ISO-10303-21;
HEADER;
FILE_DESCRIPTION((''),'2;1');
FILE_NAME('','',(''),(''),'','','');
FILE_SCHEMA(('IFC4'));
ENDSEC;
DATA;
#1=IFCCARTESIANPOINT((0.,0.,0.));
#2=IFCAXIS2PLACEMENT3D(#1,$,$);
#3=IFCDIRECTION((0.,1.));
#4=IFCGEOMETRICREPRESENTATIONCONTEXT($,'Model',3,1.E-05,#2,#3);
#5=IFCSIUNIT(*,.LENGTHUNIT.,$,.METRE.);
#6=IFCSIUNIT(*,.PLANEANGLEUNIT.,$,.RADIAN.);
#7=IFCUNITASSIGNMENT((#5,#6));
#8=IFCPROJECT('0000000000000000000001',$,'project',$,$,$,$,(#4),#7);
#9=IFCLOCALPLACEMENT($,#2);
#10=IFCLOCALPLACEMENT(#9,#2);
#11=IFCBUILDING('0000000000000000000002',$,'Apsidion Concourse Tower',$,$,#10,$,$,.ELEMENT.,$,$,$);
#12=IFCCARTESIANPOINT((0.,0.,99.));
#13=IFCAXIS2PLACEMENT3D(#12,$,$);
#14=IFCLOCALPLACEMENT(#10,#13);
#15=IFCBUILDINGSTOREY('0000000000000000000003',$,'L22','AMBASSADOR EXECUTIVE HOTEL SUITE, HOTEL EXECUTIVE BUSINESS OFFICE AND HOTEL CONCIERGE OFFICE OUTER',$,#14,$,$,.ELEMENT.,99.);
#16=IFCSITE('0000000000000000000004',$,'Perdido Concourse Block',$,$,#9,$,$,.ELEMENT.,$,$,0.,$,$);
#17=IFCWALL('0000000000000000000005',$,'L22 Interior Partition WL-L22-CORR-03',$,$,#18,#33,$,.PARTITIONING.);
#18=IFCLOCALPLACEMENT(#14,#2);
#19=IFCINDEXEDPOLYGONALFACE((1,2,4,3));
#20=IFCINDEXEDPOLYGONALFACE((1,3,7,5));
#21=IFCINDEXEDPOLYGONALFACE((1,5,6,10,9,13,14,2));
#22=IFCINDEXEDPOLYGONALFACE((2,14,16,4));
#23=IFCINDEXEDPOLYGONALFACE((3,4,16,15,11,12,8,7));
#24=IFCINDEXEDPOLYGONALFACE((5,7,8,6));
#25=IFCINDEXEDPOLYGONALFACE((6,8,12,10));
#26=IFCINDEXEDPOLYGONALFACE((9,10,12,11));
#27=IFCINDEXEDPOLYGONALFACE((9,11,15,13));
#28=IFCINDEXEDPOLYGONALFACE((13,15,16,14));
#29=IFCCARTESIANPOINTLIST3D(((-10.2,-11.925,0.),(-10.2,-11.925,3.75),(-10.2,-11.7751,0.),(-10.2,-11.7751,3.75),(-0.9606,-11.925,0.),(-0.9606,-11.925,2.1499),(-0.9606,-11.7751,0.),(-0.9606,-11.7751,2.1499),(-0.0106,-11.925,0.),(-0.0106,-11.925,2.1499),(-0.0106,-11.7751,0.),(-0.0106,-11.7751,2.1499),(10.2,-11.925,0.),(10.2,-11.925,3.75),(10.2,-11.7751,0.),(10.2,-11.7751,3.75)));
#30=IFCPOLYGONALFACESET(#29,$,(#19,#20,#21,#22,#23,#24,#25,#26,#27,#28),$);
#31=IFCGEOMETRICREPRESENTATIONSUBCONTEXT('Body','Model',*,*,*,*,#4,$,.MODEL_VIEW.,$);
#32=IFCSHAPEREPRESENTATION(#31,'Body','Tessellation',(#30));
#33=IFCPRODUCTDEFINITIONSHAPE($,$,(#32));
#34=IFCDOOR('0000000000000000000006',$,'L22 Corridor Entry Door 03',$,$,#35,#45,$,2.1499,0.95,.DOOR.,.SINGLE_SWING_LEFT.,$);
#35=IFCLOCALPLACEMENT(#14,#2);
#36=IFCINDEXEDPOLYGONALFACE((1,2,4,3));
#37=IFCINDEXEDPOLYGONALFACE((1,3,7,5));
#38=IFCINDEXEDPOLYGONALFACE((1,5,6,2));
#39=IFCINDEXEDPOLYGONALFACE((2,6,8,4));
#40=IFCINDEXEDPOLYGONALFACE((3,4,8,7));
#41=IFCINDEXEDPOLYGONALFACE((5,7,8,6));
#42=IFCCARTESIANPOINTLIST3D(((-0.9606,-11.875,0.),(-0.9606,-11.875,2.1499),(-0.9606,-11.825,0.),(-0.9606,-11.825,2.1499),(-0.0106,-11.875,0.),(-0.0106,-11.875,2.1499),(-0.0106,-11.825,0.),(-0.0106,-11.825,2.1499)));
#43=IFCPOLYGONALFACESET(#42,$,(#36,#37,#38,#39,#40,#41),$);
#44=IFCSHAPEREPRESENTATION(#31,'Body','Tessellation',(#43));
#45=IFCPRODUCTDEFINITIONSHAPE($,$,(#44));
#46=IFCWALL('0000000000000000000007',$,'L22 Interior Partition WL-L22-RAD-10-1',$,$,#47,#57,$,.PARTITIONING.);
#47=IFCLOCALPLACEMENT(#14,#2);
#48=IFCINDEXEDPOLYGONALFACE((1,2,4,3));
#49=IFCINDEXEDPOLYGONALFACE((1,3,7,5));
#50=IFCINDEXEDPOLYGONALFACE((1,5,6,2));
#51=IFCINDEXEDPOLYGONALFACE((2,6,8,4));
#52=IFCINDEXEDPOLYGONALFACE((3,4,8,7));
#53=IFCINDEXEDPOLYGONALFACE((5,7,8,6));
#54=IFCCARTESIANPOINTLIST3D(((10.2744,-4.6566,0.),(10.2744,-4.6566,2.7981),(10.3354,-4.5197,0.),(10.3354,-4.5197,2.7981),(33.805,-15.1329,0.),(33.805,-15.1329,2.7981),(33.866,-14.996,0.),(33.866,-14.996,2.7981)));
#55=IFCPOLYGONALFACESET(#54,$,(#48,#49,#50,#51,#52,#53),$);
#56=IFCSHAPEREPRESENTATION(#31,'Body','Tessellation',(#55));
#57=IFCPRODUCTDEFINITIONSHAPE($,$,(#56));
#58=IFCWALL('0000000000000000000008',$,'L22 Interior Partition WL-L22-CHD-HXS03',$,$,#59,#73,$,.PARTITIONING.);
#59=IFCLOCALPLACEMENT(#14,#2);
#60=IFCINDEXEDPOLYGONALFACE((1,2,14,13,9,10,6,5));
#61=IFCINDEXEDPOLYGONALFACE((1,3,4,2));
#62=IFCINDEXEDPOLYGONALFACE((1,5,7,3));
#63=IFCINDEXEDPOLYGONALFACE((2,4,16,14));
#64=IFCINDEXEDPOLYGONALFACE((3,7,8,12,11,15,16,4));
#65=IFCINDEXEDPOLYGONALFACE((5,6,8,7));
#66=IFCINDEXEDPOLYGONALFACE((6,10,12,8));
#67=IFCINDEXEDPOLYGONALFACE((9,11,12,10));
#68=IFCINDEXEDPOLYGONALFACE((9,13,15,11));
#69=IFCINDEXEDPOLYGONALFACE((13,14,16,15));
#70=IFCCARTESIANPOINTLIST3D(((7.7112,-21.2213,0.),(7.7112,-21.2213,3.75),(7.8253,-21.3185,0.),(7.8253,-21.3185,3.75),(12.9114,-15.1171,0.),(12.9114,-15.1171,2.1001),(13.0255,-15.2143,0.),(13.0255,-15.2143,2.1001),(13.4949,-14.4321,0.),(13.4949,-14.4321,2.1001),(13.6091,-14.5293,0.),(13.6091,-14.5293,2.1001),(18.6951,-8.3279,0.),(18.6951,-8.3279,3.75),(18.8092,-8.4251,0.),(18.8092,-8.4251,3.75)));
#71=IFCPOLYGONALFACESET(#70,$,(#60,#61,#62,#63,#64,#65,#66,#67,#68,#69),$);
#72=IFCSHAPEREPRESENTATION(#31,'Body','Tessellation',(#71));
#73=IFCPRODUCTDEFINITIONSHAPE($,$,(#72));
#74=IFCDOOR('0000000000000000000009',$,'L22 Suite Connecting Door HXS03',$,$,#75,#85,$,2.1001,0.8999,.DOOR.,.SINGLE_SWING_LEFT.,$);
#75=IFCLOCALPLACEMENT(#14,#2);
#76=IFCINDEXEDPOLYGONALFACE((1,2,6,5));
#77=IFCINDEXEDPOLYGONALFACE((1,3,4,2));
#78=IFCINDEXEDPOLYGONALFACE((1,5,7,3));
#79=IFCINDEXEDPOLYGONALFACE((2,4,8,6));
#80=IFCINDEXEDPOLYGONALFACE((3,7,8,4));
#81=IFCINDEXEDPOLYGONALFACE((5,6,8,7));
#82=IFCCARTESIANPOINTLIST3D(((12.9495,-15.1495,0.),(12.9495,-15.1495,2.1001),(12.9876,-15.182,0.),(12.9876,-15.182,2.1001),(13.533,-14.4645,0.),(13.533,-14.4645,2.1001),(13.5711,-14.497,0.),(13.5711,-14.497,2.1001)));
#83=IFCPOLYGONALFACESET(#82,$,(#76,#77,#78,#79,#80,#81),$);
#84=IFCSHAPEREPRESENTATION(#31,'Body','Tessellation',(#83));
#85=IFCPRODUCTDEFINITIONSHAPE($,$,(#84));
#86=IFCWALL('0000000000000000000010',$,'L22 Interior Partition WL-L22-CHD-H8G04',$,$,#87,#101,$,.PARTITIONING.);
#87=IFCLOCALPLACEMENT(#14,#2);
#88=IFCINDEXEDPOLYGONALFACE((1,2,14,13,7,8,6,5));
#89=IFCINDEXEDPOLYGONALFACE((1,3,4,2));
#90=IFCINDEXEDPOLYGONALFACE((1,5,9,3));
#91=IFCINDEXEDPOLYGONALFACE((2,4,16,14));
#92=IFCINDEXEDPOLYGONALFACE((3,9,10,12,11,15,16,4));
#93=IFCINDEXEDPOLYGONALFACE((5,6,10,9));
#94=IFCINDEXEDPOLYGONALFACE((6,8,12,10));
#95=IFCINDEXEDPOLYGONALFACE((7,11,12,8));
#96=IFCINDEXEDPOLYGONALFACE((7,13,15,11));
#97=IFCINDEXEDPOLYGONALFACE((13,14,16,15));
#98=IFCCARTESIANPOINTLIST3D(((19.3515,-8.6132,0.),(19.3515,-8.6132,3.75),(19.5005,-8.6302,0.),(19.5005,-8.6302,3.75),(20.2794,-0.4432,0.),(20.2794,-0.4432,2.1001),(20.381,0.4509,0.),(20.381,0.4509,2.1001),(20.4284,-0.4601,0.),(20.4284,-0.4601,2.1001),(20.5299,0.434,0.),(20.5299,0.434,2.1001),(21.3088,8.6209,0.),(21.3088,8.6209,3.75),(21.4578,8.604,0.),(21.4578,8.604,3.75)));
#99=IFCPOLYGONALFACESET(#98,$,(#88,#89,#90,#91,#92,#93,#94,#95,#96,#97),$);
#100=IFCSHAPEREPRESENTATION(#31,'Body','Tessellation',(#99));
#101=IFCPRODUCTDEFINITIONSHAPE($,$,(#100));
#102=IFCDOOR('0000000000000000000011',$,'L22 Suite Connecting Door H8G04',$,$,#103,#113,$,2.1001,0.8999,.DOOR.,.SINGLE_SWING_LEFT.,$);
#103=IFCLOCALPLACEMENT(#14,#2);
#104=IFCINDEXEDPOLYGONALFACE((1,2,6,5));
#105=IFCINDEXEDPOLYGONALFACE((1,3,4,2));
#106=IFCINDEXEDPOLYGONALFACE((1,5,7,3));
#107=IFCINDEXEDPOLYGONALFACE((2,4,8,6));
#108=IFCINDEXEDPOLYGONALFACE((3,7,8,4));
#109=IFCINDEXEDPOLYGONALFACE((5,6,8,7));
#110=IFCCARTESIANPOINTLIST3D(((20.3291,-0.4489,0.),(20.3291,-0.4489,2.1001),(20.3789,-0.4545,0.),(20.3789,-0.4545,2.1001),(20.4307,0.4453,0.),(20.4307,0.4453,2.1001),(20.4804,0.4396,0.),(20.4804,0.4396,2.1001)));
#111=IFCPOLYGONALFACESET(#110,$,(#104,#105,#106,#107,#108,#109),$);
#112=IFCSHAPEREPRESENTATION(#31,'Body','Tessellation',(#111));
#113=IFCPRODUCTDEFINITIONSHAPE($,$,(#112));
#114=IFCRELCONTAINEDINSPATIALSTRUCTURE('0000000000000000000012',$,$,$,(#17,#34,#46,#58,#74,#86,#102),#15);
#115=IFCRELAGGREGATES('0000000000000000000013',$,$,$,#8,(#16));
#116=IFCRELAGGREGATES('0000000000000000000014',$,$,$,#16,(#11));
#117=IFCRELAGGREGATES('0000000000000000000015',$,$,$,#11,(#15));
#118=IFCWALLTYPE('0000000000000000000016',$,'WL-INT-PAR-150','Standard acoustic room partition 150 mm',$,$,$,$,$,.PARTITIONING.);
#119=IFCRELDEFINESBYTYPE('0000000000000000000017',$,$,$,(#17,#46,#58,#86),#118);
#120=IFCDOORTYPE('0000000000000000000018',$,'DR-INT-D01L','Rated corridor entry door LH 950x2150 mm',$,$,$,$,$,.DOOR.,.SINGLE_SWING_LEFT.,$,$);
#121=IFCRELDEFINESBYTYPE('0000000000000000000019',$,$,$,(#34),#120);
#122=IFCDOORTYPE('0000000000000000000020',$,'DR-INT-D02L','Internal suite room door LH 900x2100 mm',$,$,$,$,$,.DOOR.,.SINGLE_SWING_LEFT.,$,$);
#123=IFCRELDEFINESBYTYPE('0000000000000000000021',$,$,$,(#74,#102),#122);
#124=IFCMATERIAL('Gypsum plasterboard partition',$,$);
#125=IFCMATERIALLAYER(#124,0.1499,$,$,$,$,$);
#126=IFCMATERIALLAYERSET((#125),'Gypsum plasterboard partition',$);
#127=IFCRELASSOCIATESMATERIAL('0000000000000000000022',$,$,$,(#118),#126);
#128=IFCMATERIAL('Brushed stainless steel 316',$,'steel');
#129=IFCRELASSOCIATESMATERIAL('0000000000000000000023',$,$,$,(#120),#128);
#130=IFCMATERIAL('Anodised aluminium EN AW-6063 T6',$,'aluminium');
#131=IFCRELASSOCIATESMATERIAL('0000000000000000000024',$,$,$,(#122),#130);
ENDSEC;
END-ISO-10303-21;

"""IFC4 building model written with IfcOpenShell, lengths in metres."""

from ifc_helpers import new_model, si_unit, direction, frame, frame_2d, origin, place, context, subcontext, project, spatial, rectangle, extrude, material, layer, layer_set, type_object, element, fill, save


model = new_model("IFC4")

# Units and contexts
model_context = context("Model", 3, precision=1e-05, world=origin(), true_north=direction((0.0, 1.0)))
body_context = subcontext(model_context, "Body", "Model", "MODEL_VIEW")
ifc_project = project(units=[si_unit("LENGTHUNIT", "METRE"), si_unit("PLANEANGLEUNIT", "RADIAN")], contexts=[model_context])

# Site, building, storey
site_placement = place(None, origin())
site = spatial("IfcSite", under=ifc_project, at=site_placement, Name="Perdido Concourse Block", CompositionType="ELEMENT", RefElevation=0.0)
building_placement = place(site_placement, origin())
building = spatial("IfcBuilding", under=site, at=building_placement, Name="Apsidion Concourse Tower", CompositionType="ELEMENT")
storey_placement = place(building_placement, frame((0.0, 0.0, 99.0)))
storey = spatial("IfcBuildingStorey", under=building, at=storey_placement, Name="L22", Description="AMBASSADOR EXECUTIVE HOTEL SUITE, HOTEL EXECUTIVE BUSINESS OFFICE AND HOTEL CONCIERGE OFFICE OUTER", CompositionType="ELEMENT", Elevation=99.0)

# Wall, opening, door
ifc_material_1 = material(Name="Anodised aluminium EN AW-6063 T6", Category="aluminium")
ifc_material_2 = material(Name="Gypsum plasterboard partition")
ifc_layer_1 = layer(ifc_material_2, 0.1499)
ifc_layer_set_1 = layer_set([ifc_layer_1], Name="Gypsum plasterboard partition")
wall_type_1 = type_object("IfcWallType", Name="WL-INT-PAR-150", Description="Standard acoustic room partition 150 mm", PredefinedType="PARTITIONING", material=ifc_layer_set_1)
wall_1_placement = place(storey_placement, frame((10.2, -11.8501, 0.0), z_axis=(0.0, 0.0, 1.0), x_axis=(-1.0, 0.0, 0.0)))
wall_1 = element("IfcWall", 1, at=wall_1_placement, inside=storey, type_object=wall_type_1, Name="L22 Interior Partition WL-L22-CORR-03", PredefinedType="PARTITIONING", context=body_context, shape_type="SweptSolid", body=[
    extrude(rectangle(XDim=20.3999, YDim=0.1499, at=frame_2d((10.2, 0.0))), origin(), (0.0, 0.0, 1.0), 3.75),
])
opening_1_placement = place(wall_1_placement, frame((10.2104, 0.0, 0.0)))
opening_1 = element("IfcOpeningElement", 2, at=opening_1_placement, cuts=wall_1, PredefinedType="OPENING", context=body_context, shape_type="SweptSolid", body=[
    extrude(rectangle(XDim=0.95, YDim=2.1499, at=frame_2d((0.4751, 1.075))), frame((0.0, 0.085, 0.0), z_axis=(0.0, -1.0, 0.0), x_axis=(1.0, 0.0, 0.0)), (0.0, 0.0, 1.0), 0.1699),
])
ifc_material_3 = material(Name="Brushed stainless steel 316", Category="steel")
door_type_1 = type_object("IfcDoorType", Name="DR-INT-D01L", Description="Rated corridor entry door LH 950x2150 mm", OperationType="SINGLE_SWING_LEFT", PredefinedType="DOOR", material=ifc_material_3)
door_1_placement = place(opening_1_placement, origin())
door_1 = element("IfcDoor", 3, at=door_1_placement, inside=storey, type_object=door_type_1, Name="L22 Corridor Entry Door 03", OperationType="SINGLE_SWING_LEFT", OverallHeight=2.1499, OverallWidth=0.95, PredefinedType="DOOR", context=body_context, shape_type="SweptSolid", body=[
    extrude(rectangle(XDim=0.95, YDim=2.1499, at=frame_2d((0.4751, 1.075))), frame((0.0, 0.0249, 0.0), z_axis=(0.0, -1.0, 0.0), x_axis=(1.0, 0.0, 0.0)), (0.0, 0.0, 1.0), 0.05),
])
fill(opening_1, door_1)

# Wall
wall_2_placement = place(storey_placement, frame((10.3049, -4.5881, 0.0), z_axis=(0.0, 0.0, 1.0), x_axis=(0.913548, -0.406732, 0.0)))
element("IfcWall", 4, at=wall_2_placement, inside=storey, type_object=wall_type_1, Name="L22 Interior Partition WL-L22-RAD-10-1", PredefinedType="PARTITIONING", context=body_context, shape_type="SweptSolid", body=[
    extrude(rectangle(XDim=25.7573, YDim=0.1499, at=frame_2d((12.8787, 0.0))), origin(), (0.0, 0.0, 1.0), 2.7981),
])

# Walls, openings, doors
wall_3_placement = place(storey_placement, frame((7.7683, -21.2698, 0.0), z_axis=(0.0, 0.0, 1.0), x_axis=(0.64849, 0.761223, 0.0)))
wall_3 = element("IfcWall", 5, at=wall_3_placement, inside=storey, type_object=wall_type_1, Name="L22 Interior Partition WL-L22-CHD-HXS03", PredefinedType="PARTITIONING", context=body_context, shape_type="SweptSolid", body=[
    extrude(rectangle(XDim=16.9377, YDim=0.1499, at=frame_2d((8.4688, 0.0))), origin(), (0.0, 0.0, 1.0), 3.75),
])
opening_2_placement = place(wall_3_placement, frame((8.0188, 0.0, 0.0)))
opening_2 = element("IfcOpeningElement", 6, at=opening_2_placement, cuts=wall_3, PredefinedType="OPENING", context=body_context, shape_type="SweptSolid", body=[
    extrude(rectangle(XDim=0.8999, YDim=2.1001, at=frame_2d((0.45, 1.05))), frame((0.0, 0.085, 0.0), z_axis=(0.0, -1.0, 0.0), x_axis=(1.0, 0.0, 0.0)), (0.0, 0.0, 1.0), 0.1699),
])
door_type_2 = type_object("IfcDoorType", Name="DR-INT-D02L", Description="Internal suite room door LH 900x2100 mm", OperationType="SINGLE_SWING_LEFT", PredefinedType="DOOR", material=ifc_material_1)
door_2_placement = place(opening_2_placement, origin())
door_2 = element("IfcDoor", 7, at=door_2_placement, inside=storey, type_object=door_type_2, Name="L22 Suite Connecting Door HXS03", OperationType="SINGLE_SWING_LEFT", OverallHeight=2.1001, OverallWidth=0.8999, PredefinedType="DOOR", context=body_context, shape_type="SweptSolid", body=[
    extrude(rectangle(XDim=0.8999, YDim=2.1001, at=frame_2d((0.45, 1.05))), frame((0.0, 0.0249, 0.0), z_axis=(0.0, -1.0, 0.0), x_axis=(1.0, 0.0, 0.0)), (0.0, 0.0, 1.0), 0.05),
])
fill(opening_2, door_2)
wall_4_placement = place(storey_placement, frame((19.426, -8.6216, 0.0), z_axis=(0.0, 0.0, 1.0), x_axis=(0.112844, 0.993613, 0.0)))
wall_4 = element("IfcWall", 8, at=wall_4_placement, inside=storey, type_object=wall_type_1, Name="L22 Interior Partition WL-L22-CHD-H8G04", PredefinedType="PARTITIONING", context=body_context, shape_type="SweptSolid", body=[
    extrude(rectangle(XDim=17.345, YDim=0.1499, at=frame_2d((8.6724, 0.0))), origin(), (0.0, 0.0, 1.0), 3.75),
])
opening_3_placement = place(wall_4_placement, frame((8.2224, 0.0, 0.0)))
opening_3 = element("IfcOpeningElement", 9, at=opening_3_placement, cuts=wall_4, PredefinedType="OPENING", context=body_context, shape_type="SweptSolid", body=[
    extrude(rectangle(XDim=0.8999, YDim=2.1001, at=frame_2d((0.45, 1.05))), frame((0.0, 0.085, 0.0), z_axis=(0.0, -1.0, 0.0), x_axis=(1.0, 0.0, 0.0)), (0.0, 0.0, 1.0), 0.1699),
])
door_3_placement = place(opening_3_placement, origin())
door_3 = element("IfcDoor", 10, at=door_3_placement, inside=storey, type_object=door_type_2, Name="L22 Suite Connecting Door H8G04", OperationType="SINGLE_SWING_LEFT", OverallHeight=2.1001, OverallWidth=0.8999, PredefinedType="DOOR", context=body_context, shape_type="SweptSolid", body=[
    extrude(rectangle(XDim=0.8999, YDim=2.1001, at=frame_2d((0.45, 1.05))), frame((0.0, 0.0249, 0.0), z_axis=(0.0, -1.0, 0.0), x_axis=(1.0, 0.0, 0.0)), (0.0, 0.0, 1.0), 0.05),
])
fill(opening_3, door_3)

save(model, "model.ifc")
